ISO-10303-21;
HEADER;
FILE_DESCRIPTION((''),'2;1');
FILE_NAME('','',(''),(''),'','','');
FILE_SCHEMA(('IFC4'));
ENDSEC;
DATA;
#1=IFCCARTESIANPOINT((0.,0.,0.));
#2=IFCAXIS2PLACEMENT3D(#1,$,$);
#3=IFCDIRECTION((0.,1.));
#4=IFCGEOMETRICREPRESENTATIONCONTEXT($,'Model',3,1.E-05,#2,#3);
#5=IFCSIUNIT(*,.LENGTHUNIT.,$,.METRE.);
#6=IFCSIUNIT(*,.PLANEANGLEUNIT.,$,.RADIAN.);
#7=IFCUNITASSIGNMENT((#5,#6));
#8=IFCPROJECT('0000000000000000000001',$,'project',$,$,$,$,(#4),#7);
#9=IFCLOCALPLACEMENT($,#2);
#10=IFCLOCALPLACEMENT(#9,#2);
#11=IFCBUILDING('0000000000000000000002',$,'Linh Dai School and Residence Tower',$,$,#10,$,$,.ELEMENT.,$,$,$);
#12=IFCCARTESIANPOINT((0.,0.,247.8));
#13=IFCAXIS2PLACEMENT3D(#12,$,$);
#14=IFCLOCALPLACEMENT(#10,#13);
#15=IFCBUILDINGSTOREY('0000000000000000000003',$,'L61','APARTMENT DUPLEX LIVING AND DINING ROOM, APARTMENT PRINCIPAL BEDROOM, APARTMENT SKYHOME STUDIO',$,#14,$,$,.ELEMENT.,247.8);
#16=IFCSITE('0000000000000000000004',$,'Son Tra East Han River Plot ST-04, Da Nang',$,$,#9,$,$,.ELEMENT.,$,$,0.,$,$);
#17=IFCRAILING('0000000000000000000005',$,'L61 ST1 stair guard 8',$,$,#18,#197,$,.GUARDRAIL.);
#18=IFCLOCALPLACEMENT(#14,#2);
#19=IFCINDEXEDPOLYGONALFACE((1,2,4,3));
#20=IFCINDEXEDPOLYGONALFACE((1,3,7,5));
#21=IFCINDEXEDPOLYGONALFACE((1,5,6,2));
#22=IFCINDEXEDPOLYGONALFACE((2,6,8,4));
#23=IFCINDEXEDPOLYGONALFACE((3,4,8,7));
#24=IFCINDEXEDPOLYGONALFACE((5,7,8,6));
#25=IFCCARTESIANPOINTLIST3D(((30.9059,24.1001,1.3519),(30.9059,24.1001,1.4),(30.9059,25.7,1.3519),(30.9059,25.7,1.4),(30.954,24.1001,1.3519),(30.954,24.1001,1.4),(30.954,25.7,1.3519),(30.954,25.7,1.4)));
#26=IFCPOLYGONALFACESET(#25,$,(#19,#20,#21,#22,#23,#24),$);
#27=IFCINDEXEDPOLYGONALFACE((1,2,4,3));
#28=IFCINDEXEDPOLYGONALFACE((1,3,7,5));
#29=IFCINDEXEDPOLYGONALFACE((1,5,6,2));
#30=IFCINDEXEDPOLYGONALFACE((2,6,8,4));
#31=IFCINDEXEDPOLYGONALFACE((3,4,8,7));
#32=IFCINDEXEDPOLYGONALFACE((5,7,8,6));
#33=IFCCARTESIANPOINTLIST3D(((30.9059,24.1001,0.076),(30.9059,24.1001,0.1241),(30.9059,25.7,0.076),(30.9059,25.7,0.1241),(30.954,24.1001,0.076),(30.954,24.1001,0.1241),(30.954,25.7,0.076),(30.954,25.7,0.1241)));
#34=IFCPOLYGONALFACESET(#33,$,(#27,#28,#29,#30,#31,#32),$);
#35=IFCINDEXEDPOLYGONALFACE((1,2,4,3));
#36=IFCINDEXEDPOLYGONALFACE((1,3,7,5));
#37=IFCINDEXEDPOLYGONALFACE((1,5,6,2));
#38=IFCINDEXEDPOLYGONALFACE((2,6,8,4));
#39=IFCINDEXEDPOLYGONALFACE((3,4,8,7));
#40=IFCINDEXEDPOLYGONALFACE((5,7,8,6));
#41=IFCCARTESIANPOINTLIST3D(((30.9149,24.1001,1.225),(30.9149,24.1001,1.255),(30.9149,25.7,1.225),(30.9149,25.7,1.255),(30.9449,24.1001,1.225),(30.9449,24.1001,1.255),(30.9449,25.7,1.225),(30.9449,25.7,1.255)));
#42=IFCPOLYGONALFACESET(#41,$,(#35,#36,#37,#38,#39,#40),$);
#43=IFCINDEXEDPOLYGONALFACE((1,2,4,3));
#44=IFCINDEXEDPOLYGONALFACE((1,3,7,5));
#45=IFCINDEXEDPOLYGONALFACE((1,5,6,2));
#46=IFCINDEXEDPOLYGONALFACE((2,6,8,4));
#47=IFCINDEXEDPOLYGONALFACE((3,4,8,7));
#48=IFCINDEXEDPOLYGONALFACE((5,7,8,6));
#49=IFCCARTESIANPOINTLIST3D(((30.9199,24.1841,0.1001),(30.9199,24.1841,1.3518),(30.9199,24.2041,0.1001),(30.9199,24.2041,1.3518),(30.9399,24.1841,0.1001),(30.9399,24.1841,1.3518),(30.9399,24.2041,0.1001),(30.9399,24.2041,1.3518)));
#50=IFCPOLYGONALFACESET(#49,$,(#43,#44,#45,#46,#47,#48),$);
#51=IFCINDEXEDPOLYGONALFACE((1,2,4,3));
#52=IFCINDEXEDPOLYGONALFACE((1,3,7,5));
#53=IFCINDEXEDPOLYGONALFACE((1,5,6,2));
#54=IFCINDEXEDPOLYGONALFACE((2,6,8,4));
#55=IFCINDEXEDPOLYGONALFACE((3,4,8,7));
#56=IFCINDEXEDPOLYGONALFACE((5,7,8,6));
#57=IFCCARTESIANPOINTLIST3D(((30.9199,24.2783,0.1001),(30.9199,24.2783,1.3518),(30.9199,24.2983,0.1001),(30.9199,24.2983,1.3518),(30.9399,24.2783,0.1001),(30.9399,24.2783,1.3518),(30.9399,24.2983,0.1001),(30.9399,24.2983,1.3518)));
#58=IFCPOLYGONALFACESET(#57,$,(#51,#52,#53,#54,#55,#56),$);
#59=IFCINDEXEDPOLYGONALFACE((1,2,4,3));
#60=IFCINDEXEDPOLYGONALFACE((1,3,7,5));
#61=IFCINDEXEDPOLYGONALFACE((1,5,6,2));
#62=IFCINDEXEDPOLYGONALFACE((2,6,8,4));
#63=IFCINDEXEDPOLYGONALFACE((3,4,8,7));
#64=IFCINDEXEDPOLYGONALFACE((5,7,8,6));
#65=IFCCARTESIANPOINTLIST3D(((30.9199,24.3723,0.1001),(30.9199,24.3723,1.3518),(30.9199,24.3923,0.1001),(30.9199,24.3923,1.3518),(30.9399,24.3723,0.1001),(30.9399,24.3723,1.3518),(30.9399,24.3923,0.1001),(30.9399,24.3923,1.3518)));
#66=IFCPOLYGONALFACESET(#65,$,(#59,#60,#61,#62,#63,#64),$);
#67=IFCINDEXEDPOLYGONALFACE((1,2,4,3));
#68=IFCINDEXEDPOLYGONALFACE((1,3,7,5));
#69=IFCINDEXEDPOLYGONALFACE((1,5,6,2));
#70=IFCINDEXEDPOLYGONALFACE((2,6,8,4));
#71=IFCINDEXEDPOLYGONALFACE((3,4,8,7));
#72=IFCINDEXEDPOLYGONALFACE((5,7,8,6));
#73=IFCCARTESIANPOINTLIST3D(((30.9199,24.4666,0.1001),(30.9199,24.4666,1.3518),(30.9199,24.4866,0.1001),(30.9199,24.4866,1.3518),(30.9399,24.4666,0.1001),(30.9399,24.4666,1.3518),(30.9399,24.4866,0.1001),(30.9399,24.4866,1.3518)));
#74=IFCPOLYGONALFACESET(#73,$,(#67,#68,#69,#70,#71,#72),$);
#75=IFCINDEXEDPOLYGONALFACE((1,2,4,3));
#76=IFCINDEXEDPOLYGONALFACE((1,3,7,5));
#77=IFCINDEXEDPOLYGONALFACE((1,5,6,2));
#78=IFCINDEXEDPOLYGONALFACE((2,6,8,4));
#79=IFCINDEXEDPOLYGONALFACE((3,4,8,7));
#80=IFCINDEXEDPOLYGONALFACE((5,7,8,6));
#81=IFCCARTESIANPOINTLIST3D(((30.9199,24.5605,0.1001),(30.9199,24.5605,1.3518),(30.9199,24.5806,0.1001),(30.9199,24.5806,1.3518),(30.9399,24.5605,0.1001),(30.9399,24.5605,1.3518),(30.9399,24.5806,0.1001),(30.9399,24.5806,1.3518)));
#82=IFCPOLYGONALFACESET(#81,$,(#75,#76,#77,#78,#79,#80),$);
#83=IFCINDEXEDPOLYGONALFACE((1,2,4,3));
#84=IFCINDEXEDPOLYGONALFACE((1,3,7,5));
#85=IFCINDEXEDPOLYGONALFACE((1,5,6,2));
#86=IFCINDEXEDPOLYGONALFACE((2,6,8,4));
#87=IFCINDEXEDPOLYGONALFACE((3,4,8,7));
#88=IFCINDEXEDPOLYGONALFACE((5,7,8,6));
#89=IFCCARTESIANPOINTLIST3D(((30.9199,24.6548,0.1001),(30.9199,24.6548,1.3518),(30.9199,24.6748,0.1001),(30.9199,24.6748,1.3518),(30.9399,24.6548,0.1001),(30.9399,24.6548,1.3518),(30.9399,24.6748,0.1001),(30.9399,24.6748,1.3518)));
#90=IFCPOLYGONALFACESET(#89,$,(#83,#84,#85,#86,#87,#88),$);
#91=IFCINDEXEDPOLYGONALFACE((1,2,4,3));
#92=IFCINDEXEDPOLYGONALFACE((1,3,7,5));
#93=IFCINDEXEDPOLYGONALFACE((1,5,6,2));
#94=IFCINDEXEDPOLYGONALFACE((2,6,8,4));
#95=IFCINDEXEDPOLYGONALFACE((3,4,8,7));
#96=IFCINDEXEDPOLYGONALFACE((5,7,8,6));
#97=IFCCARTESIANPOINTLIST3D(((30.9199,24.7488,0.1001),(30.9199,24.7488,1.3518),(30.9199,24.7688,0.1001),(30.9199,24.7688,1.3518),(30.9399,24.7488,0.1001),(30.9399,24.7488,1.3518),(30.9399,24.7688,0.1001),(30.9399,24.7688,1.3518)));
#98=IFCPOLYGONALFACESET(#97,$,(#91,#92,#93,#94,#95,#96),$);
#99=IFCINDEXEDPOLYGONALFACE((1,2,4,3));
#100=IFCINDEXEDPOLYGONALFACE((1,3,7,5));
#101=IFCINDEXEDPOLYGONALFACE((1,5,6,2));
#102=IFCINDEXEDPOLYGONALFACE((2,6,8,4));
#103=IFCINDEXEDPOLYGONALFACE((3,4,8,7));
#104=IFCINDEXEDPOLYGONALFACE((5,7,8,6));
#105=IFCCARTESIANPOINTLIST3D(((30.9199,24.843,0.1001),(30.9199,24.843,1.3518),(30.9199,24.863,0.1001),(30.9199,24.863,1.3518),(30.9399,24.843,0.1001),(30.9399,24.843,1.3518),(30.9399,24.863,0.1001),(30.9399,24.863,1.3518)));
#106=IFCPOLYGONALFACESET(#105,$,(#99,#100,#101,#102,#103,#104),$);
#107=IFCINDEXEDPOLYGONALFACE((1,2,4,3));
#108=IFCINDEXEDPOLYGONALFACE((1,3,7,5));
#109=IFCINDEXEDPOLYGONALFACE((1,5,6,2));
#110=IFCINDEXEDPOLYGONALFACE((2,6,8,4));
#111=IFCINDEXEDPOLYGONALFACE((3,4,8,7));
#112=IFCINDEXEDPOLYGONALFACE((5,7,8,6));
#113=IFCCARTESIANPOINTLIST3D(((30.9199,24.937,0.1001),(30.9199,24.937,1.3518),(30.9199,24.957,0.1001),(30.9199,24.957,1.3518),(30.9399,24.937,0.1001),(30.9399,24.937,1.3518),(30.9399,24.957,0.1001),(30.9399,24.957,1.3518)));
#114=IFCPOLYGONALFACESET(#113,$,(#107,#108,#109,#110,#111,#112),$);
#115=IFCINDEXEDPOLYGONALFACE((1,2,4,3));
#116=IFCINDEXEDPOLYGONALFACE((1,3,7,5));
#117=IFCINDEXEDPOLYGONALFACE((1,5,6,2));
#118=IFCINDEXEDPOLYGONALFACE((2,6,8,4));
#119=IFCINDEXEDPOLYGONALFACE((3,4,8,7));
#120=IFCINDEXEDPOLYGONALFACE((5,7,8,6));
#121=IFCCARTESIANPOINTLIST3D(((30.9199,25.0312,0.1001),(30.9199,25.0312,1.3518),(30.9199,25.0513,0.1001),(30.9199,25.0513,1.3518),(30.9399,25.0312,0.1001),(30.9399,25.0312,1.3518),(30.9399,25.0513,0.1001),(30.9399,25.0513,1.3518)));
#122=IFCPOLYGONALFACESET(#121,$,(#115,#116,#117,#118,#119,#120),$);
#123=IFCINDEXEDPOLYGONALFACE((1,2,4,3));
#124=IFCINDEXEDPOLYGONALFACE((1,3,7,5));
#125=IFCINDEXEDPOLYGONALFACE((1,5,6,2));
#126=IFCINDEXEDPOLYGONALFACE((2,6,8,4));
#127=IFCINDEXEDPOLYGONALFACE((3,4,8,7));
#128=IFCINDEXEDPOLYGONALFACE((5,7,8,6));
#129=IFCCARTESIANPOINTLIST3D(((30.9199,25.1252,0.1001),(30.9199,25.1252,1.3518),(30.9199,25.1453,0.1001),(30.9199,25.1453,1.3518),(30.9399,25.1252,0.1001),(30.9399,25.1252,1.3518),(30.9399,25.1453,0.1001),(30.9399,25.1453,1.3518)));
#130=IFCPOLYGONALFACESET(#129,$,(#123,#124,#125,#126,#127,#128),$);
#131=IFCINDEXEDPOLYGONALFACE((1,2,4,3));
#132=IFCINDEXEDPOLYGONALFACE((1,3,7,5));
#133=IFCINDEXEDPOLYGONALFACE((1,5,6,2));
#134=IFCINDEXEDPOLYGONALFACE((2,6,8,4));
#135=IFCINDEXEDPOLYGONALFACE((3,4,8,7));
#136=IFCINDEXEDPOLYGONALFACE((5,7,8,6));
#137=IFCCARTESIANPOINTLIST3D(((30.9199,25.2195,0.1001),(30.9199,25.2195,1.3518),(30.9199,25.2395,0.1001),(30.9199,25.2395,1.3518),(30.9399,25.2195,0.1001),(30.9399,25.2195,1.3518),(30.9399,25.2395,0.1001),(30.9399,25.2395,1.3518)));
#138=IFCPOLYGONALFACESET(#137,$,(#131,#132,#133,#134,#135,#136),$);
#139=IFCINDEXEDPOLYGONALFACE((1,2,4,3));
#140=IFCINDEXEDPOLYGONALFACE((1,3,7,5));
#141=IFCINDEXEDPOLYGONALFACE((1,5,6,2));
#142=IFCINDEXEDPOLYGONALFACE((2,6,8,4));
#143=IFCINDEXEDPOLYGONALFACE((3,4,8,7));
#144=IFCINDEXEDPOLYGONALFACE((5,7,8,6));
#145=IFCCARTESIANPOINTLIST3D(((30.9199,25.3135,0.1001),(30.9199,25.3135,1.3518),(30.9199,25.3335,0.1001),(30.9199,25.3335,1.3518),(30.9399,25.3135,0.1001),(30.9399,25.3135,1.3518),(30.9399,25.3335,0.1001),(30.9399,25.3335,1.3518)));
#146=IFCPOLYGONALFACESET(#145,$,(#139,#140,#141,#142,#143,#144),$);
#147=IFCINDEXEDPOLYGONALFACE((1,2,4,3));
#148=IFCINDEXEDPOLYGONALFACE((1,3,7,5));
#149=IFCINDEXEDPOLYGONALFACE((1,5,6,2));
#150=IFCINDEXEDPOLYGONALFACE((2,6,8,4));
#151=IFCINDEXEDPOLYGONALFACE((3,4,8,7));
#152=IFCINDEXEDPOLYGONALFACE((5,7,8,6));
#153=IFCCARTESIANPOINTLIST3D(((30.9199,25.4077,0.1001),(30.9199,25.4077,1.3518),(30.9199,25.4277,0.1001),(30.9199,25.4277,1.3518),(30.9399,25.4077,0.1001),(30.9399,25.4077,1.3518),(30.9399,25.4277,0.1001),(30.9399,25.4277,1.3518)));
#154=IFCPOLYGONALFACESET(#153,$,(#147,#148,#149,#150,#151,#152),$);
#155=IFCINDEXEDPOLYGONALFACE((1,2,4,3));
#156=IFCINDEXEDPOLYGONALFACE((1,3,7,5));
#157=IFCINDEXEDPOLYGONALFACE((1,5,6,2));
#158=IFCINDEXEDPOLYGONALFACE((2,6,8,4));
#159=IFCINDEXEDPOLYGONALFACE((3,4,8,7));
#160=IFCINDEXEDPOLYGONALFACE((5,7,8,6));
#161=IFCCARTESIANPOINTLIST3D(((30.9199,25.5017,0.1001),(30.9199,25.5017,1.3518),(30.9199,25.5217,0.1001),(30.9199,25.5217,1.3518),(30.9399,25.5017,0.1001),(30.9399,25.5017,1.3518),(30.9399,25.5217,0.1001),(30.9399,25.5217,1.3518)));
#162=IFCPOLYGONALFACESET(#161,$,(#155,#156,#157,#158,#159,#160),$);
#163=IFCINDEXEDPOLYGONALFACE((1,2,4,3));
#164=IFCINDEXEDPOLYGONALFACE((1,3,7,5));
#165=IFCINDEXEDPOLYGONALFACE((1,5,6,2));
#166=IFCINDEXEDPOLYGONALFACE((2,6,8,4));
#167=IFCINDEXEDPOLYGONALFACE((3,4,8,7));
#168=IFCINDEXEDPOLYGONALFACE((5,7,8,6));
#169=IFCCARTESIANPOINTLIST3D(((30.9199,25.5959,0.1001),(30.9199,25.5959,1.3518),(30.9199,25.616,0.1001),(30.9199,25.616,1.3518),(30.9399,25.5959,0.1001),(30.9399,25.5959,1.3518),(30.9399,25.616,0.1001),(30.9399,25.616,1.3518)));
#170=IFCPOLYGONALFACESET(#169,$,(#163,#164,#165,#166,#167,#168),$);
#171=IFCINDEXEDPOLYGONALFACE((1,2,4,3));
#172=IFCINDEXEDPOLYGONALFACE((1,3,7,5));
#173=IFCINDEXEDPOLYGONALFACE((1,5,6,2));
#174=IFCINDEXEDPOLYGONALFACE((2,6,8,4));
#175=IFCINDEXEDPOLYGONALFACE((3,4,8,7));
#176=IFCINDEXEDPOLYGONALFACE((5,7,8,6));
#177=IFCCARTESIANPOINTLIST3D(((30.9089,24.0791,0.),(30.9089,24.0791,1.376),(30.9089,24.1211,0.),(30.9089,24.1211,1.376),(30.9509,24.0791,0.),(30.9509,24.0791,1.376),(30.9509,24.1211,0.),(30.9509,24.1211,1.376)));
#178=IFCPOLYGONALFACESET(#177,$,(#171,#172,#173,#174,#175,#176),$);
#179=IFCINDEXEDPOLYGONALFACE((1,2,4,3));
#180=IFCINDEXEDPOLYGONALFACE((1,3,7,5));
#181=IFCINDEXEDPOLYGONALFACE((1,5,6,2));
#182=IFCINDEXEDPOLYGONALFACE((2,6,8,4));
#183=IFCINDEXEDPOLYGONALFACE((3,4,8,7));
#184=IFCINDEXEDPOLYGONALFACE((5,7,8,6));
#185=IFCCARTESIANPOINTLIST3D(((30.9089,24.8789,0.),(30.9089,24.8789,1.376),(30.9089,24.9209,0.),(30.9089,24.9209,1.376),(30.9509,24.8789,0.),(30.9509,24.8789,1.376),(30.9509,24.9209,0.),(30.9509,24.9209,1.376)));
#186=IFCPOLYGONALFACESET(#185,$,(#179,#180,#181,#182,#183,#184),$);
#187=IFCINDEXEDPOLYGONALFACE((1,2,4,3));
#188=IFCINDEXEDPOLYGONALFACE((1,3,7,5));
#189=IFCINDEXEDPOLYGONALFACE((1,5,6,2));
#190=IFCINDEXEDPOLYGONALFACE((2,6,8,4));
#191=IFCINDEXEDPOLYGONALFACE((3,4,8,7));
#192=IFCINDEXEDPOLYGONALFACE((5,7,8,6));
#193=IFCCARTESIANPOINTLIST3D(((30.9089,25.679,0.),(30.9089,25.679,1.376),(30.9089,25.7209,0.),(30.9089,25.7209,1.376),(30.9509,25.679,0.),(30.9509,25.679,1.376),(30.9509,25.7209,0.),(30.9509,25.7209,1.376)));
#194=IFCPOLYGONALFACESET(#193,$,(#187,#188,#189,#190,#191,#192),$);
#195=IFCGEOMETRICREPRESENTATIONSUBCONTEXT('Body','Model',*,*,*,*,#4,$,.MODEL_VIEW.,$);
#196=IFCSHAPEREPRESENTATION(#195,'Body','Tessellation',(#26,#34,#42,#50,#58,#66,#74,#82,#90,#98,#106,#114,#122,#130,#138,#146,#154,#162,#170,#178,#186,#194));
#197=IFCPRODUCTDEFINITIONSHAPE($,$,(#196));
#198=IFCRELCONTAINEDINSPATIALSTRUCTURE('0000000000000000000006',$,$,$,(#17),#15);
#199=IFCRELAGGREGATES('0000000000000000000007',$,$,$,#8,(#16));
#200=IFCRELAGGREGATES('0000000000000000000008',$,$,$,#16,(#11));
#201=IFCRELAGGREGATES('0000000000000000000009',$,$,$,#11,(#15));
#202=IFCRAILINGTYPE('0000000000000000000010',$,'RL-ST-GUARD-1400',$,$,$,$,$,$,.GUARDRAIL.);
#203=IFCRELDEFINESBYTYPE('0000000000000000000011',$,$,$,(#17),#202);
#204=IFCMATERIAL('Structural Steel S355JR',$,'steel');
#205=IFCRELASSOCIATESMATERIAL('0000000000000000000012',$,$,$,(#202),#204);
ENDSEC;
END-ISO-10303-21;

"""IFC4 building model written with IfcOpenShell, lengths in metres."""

from ifc_helpers import new_model, si_unit, direction, frame, origin, origin_2d, place, context, subcontext, project, spatial, rectangle, extrude, source, transform, mapped, material, type_object, element, save


model = new_model("IFC4")

# Units and contexts
model_context = context("Model", 3, precision=1e-05, world=origin(), true_north=direction((0.0, 1.0)))
body_context = subcontext(model_context, "Body", "Model", "MODEL_VIEW")
ifc_project = project(units=[si_unit("LENGTHUNIT", "METRE"), si_unit("PLANEANGLEUNIT", "RADIAN")], contexts=[model_context])

# Site, building, storey
site_placement = place(None, origin())
site = spatial("IfcSite", under=ifc_project, at=site_placement, Name="Son Tra East Han River Plot ST-04, Da Nang", CompositionType="ELEMENT", RefElevation=0.0)
building_placement = place(site_placement, origin())
building = spatial("IfcBuilding", under=site, at=building_placement, Name="Linh Dai School and Residence Tower", CompositionType="ELEMENT")
storey_placement = place(building_placement, frame((0.0, 0.0, 247.8)))
storey = spatial("IfcBuildingStorey", under=building, at=storey_placement, Name="L61", Description="APARTMENT DUPLEX LIVING AND DINING ROOM, APARTMENT PRINCIPAL BEDROOM, APARTMENT SKYHOME STUDIO", CompositionType="ELEMENT", Elevation=247.8)

# Shared definitions
ifc_material_1 = material(Name="Structural Steel S355JR", Category="steel")

# Railing
railing_type = type_object("IfcRailingType", Name="RL-ST-GUARD-1400", PredefinedType="GUARDRAIL", material=ifc_material_1)
shared_shape_1 = source(origin(), body_context, "Body", "SweptSolid", [
    extrude(rectangle(XDim=0.0481, YDim=0.0481, at=origin_2d()), frame((0.0, 0.0, 1.376), z_axis=(0.0, 1.0, 0.0), x_axis=(-1.0, 0.0, 0.0)), (0.0, 0.0, 1.0), 1.5999),
    extrude(rectangle(XDim=0.0481, YDim=0.0481, at=origin_2d()), frame((0.0, 0.0, 0.1001), z_axis=(0.0, 1.0, 0.0), x_axis=(-1.0, 0.0, 0.0)), (0.0, 0.0, 1.0), 1.5999),
    extrude(rectangle(XDim=0.03, YDim=0.03, at=origin_2d()), frame((0.0, 0.0, 1.24), z_axis=(0.0, 1.0, 0.0), x_axis=(-1.0, 0.0, 0.0)), (0.0, 0.0, 1.0), 1.5999),
    extrude(rectangle(XDim=0.02, YDim=0.02, at=origin_2d()), frame((0.0, 0.094, 0.1001)), (0.0, 0.0, 1.0), 1.2517),
    extrude(rectangle(XDim=0.02, YDim=0.02, at=origin_2d()), frame((0.0, 0.1882, 0.1001)), (0.0, 0.0, 1.0), 1.2517),
    extrude(rectangle(XDim=0.02, YDim=0.02, at=origin_2d()), frame((0.0, 0.2822, 0.1001)), (0.0, 0.0, 1.0), 1.2517),
    extrude(rectangle(XDim=0.02, YDim=0.02, at=origin_2d()), frame((0.0, 0.3765, 0.1001)), (0.0, 0.0, 1.0), 1.2517),
    extrude(rectangle(XDim=0.02, YDim=0.02, at=origin_2d()), frame((0.0, 0.4705, 0.1001)), (0.0, 0.0, 1.0), 1.2517),
    extrude(rectangle(XDim=0.02, YDim=0.02, at=origin_2d()), frame((0.0, 0.5647, 0.1001)), (0.0, 0.0, 1.0), 1.2517),
    extrude(rectangle(XDim=0.02, YDim=0.02, at=origin_2d()), frame((0.0, 0.6587, 0.1001)), (0.0, 0.0, 1.0), 1.2517),
    extrude(rectangle(XDim=0.02, YDim=0.02, at=origin_2d()), frame((0.0, 0.7529, 0.1001)), (0.0, 0.0, 1.0), 1.2517),
    extrude(rectangle(XDim=0.02, YDim=0.02, at=origin_2d()), frame((0.0, 0.8469, 0.1001)), (0.0, 0.0, 1.0), 1.2517),
    extrude(rectangle(XDim=0.02, YDim=0.02, at=origin_2d()), frame((0.0, 0.9412, 0.1001)), (0.0, 0.0, 1.0), 1.2517),
    extrude(rectangle(XDim=0.02, YDim=0.02, at=origin_2d()), frame((0.0, 1.0352, 0.1001)), (0.0, 0.0, 1.0), 1.2517),
    extrude(rectangle(XDim=0.02, YDim=0.02, at=origin_2d()), frame((0.0, 1.1294, 0.1001)), (0.0, 0.0, 1.0), 1.2517),
    extrude(rectangle(XDim=0.02, YDim=0.02, at=origin_2d()), frame((0.0, 1.2234, 0.1001)), (0.0, 0.0, 1.0), 1.2517),
    extrude(rectangle(XDim=0.02, YDim=0.02, at=origin_2d()), frame((0.0, 1.3176, 0.1001)), (0.0, 0.0, 1.0), 1.2517),
    extrude(rectangle(XDim=0.02, YDim=0.02, at=origin_2d()), frame((0.0, 1.4116, 0.1001)), (0.0, 0.0, 1.0), 1.2517),
    extrude(rectangle(XDim=0.02, YDim=0.02, at=origin_2d()), frame((0.0, 1.5059, 0.1001)), (0.0, 0.0, 1.0), 1.2517),
    extrude(rectangle(XDim=0.042, YDim=0.042, at=origin_2d()), origin(), (0.0, 0.0, 1.0), 1.376),
    extrude(rectangle(XDim=0.042, YDim=0.042, at=origin_2d()), frame((0.0, 0.7998, 0.0)), (0.0, 0.0, 1.0), 1.376),
    extrude(rectangle(XDim=0.042, YDim=0.042, at=origin_2d()), frame((0.0, 1.5999, 0.0)), (0.0, 0.0, 1.0), 1.376),
])
for number, where, name in (
    (1, (30.9299, 24.1001, 0.0), "L61 ST1 stair guard 8"),
):
    element("IfcRailing", number, at=place(storey_placement, frame(where)), inside=storey, type_object=railing_type, Name=name, PredefinedType="GUARDRAIL", context=body_context, shape_type="MappedRepresentation", body=[
        mapped(shared_shape_1, transform((0.0, 0.0, 0.0), x_axis=(1.0, 0.0, 0.0), y_axis=(0.0, 1.0, 0.0), z_axis=(0.0, 0.0, 1.0), scale=1.0)),
    ])

save(model, "model.ifc")
